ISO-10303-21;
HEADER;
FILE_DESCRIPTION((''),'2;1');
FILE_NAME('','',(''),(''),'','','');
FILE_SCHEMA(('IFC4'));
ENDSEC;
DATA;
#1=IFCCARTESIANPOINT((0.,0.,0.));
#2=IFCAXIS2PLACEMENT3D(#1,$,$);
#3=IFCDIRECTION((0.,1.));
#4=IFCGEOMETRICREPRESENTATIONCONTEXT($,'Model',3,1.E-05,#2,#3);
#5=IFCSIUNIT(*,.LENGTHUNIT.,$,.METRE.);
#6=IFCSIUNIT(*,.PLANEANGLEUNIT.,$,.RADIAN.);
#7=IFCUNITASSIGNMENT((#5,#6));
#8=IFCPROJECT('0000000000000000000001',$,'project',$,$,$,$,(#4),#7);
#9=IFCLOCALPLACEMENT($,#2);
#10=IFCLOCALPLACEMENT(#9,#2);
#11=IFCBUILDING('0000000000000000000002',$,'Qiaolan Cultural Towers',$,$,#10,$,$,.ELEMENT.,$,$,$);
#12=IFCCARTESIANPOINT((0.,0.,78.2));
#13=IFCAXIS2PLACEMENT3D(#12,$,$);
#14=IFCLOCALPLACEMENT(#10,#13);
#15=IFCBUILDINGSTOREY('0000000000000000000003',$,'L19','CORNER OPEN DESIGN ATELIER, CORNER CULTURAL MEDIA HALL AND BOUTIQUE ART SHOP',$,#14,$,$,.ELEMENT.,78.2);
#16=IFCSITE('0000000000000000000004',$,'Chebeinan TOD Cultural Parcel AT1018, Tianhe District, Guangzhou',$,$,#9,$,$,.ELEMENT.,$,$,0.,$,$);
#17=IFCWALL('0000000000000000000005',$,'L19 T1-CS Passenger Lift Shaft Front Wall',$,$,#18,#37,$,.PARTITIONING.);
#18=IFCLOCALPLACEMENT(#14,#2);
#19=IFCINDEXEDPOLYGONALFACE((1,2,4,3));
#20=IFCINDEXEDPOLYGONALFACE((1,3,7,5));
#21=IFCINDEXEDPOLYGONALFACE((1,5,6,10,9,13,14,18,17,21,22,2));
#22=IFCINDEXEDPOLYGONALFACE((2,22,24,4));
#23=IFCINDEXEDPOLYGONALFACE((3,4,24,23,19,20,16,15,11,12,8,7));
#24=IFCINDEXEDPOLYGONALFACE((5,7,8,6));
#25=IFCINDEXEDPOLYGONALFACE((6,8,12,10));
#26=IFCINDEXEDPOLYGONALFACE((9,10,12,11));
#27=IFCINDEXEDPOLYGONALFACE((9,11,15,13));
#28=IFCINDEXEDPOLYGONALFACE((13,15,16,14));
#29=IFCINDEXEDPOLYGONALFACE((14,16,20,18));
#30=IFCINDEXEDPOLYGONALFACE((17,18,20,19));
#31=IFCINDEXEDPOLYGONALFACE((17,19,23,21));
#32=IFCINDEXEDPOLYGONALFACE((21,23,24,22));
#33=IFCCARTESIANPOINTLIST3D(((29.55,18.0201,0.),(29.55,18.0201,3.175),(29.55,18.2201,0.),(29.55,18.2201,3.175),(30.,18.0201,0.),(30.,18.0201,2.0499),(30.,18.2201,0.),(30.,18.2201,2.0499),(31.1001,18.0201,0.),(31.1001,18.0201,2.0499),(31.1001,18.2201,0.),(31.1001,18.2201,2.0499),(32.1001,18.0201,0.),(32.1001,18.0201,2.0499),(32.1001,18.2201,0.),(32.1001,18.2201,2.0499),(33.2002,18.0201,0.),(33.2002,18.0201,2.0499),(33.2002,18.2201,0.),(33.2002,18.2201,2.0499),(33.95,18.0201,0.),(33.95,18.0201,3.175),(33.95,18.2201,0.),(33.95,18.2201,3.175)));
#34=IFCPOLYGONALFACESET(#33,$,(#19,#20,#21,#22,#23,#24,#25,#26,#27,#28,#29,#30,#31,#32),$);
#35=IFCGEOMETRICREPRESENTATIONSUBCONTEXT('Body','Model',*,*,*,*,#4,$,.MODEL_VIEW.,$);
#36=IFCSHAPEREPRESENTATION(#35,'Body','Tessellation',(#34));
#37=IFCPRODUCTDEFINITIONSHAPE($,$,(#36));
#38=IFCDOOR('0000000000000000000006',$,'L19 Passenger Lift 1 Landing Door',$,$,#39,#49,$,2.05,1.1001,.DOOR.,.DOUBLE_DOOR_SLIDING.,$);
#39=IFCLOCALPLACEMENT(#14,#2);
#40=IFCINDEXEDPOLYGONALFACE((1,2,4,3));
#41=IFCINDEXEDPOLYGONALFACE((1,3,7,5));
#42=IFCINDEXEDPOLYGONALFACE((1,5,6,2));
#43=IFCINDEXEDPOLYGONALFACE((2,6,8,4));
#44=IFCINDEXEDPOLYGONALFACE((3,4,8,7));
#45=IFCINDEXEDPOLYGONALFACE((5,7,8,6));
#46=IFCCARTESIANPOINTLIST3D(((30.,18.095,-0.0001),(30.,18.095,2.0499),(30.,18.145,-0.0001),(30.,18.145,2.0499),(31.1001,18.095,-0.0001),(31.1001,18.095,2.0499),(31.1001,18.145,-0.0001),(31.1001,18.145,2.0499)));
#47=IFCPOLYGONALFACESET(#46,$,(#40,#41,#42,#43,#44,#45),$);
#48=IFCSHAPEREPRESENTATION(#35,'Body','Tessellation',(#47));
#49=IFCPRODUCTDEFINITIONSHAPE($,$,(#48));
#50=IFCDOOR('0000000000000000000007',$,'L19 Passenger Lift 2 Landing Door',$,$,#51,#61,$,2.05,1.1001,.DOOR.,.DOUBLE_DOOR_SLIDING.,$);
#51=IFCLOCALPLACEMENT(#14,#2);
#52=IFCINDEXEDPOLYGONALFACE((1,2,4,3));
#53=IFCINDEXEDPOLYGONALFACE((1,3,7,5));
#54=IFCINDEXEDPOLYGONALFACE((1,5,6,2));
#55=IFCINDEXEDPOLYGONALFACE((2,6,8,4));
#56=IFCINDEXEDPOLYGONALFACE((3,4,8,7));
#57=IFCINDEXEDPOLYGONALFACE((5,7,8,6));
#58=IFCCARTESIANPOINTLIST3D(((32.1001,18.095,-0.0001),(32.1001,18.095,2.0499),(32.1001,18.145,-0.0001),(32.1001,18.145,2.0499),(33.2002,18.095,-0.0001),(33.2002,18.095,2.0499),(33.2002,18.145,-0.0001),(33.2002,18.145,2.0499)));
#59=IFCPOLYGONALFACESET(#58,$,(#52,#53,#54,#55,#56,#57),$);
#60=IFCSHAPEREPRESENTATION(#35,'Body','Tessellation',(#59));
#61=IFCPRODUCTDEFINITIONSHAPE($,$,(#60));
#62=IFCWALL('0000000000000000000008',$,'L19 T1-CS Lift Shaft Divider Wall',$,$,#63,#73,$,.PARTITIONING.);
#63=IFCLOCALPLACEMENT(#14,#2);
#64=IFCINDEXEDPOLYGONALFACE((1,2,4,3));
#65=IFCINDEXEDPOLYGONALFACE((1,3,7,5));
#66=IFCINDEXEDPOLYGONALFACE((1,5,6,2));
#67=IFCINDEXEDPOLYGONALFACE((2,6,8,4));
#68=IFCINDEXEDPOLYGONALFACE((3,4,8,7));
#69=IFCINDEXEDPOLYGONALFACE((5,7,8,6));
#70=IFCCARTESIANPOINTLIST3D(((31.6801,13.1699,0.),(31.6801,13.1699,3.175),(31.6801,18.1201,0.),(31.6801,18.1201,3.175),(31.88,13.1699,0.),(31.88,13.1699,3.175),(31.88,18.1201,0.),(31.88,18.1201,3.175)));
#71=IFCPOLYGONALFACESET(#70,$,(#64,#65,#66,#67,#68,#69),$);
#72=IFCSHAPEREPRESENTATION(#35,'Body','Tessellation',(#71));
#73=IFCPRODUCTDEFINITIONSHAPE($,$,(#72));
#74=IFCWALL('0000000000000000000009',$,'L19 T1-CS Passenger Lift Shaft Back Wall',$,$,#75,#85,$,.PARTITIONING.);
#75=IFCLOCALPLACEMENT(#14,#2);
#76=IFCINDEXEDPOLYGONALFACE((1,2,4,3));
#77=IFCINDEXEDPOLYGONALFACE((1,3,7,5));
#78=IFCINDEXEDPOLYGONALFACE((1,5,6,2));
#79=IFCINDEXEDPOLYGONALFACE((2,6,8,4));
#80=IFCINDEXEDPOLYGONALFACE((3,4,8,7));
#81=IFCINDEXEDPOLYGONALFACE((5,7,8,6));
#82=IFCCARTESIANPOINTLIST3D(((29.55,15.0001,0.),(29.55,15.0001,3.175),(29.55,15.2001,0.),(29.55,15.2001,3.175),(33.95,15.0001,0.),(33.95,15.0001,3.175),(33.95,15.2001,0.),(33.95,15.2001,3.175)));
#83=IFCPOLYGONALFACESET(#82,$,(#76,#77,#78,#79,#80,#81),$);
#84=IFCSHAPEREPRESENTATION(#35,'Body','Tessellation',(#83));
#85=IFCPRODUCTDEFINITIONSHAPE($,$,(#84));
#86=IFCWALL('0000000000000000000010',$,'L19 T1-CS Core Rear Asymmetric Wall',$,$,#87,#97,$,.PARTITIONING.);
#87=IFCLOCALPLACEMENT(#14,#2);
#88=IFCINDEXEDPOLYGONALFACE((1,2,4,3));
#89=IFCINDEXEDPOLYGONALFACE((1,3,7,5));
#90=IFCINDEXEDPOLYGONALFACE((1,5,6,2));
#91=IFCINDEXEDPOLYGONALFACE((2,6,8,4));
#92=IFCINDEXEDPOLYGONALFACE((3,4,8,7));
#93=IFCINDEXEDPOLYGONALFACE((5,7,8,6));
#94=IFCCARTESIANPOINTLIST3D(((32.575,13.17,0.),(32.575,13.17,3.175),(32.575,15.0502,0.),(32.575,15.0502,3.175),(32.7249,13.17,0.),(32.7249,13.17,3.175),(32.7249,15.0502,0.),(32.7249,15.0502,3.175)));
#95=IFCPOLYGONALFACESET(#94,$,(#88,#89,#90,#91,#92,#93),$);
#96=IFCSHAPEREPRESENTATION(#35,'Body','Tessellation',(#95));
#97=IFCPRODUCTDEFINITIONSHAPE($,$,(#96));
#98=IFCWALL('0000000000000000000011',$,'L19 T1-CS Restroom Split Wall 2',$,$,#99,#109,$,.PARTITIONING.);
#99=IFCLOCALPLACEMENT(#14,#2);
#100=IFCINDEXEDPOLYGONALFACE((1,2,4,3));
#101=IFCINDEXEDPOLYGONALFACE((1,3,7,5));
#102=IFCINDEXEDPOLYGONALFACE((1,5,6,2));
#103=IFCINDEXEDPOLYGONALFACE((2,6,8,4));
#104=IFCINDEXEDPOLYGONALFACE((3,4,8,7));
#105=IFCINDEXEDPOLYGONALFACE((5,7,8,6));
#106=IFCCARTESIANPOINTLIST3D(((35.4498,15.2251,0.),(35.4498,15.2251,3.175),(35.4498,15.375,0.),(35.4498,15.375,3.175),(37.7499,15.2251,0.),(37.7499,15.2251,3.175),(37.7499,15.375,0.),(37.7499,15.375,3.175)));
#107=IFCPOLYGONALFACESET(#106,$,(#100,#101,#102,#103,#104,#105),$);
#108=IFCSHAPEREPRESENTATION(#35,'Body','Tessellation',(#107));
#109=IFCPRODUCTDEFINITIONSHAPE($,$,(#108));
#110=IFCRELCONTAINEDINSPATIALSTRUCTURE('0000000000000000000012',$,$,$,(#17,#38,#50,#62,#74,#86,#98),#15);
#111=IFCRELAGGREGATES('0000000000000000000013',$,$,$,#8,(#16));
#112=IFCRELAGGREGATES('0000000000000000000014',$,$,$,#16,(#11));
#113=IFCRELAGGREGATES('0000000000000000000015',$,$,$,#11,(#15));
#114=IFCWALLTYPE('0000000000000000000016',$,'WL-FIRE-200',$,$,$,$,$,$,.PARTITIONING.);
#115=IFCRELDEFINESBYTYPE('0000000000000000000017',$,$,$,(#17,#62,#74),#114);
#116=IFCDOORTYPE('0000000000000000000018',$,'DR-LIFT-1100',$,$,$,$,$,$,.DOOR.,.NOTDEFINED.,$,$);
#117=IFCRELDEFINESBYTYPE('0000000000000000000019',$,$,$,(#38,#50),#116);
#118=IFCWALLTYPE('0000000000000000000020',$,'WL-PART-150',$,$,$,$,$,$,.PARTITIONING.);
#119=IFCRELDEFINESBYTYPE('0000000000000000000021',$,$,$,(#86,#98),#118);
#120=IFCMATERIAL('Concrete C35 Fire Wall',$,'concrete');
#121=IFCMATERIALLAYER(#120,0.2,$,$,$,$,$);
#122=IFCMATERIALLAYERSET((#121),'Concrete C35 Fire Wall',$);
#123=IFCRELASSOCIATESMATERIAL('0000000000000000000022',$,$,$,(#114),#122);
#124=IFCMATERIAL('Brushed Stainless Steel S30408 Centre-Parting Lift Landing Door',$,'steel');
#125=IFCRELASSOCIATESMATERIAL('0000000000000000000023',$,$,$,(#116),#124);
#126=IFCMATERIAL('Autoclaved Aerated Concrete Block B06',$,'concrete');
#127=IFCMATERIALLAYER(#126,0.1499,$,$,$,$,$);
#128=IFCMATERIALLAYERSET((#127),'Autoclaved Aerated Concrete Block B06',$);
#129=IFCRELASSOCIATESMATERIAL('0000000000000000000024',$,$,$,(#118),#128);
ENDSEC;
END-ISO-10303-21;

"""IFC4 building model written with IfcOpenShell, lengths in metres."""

from ifc_helpers import new_model, si_unit, direction, frame, frame_2d, origin, place, context, subcontext, project, spatial, rectangle, extrude, material, layer, layer_set, type_object, element, fill, save


model = new_model("IFC4")

# Units and contexts
model_context = context("Model", 3, precision=1e-05, world=origin(), true_north=direction((0.0, 1.0)))
body_context = subcontext(model_context, "Body", "Model", "MODEL_VIEW")
ifc_project = project(units=[si_unit("LENGTHUNIT", "METRE"), si_unit("PLANEANGLEUNIT", "RADIAN")], contexts=[model_context])

# Site, building, storey
site_placement = place(None, origin())
site = spatial("IfcSite", under=ifc_project, at=site_placement, Name="Chebeinan TOD Cultural Parcel AT1018, Tianhe District, Guangzhou", CompositionType="ELEMENT", RefElevation=0.0)
building_placement = place(site_placement, origin())
building = spatial("IfcBuilding", under=site, at=building_placement, Name="Qiaolan Cultural Towers", CompositionType="ELEMENT")
storey_placement = place(building_placement, frame((0.0, 0.0, 78.2)))
storey = spatial("IfcBuildingStorey", under=building, at=storey_placement, Name="L19", Description="CORNER OPEN DESIGN ATELIER, CORNER CULTURAL MEDIA HALL AND BOUTIQUE ART SHOP", CompositionType="ELEMENT", Elevation=78.2)

# Shared definitions
ifc_material_1 = material(Name="Concrete C35 Fire Wall", Category="concrete")
ifc_layer_1 = layer(ifc_material_1, 0.2)
ifc_layer_set_1 = layer_set([ifc_layer_1], Name="Concrete C35 Fire Wall")
wall_type_1 = type_object("IfcWallType", Name="WL-FIRE-200", PredefinedType="PARTITIONING", material=ifc_layer_set_1)

# Shared definitions
ifc_material_2 = material(Name="Brushed Stainless Steel S30408 Centre-Parting Lift Landing Door", Category="steel")
door_type = type_object("IfcDoorType", Name="DR-LIFT-1100", OperationType="NOTDEFINED", PredefinedType="DOOR", material=ifc_material_2)

# Wall, openings, doors
wall_1_placement = place(storey_placement, frame((29.55, 18.1201, 0.0), z_axis=(0.0, 0.0, 1.0), x_axis=(1.0, 0.0, 0.0)))
wall_1 = element("IfcWall", 1, at=wall_1_placement, inside=storey, type_object=wall_type_1, Name="L19 T1-CS Passenger Lift Shaft Front Wall", PredefinedType="PARTITIONING", context=body_context, shape_type="SweptSolid", body=[
    extrude(rectangle(XDim=4.3999, YDim=0.2, at=frame_2d((2.2, 0.0))), origin(), (0.0, 0.0, 1.0), 3.175),
])
opening_1_placement = place(wall_1_placement, frame((0.45, 0.0, 0.0)))
opening_1 = element("IfcOpeningElement", 2, at=opening_1_placement, cuts=wall_1, PredefinedType="OPENING", context=body_context, shape_type="SweptSolid", body=[
    extrude(rectangle(XDim=1.1001, YDim=2.05, at=frame_2d((0.55, 1.0249))), frame((0.0, 0.1099, 0.0), z_axis=(0.0, -1.0, 0.0), x_axis=(1.0, 0.0, 0.0)), (0.0, 0.0, 1.0), 0.22),
])
opening_2_placement = place(wall_1_placement, frame((2.55, 0.0, 0.0)))
opening_2 = element("IfcOpeningElement", 3, at=opening_2_placement, cuts=wall_1, PredefinedType="OPENING", context=body_context, shape_type="SweptSolid", body=[
    extrude(rectangle(XDim=1.1001, YDim=2.05, at=frame_2d((0.55, 1.0249))), frame((0.0, 0.1099, 0.0), z_axis=(0.0, -1.0, 0.0), x_axis=(1.0, 0.0, 0.0)), (0.0, 0.0, 1.0), 0.22),
])
door_1_placement = place(opening_1_placement, origin())
door_1 = element("IfcDoor", 4, at=door_1_placement, inside=storey, type_object=door_type, Name="L19 Passenger Lift 1 Landing Door", OperationType="DOUBLE_DOOR_SLIDING", OverallHeight=2.05, OverallWidth=1.1001, PredefinedType="DOOR", context=body_context, shape_type="SweptSolid", body=[
    extrude(rectangle(XDim=1.1001, YDim=2.05, at=frame_2d((0.55, 1.0249))), frame((0.0, 0.0249, 0.0), z_axis=(0.0, -1.0, 0.0), x_axis=(1.0, 0.0, 0.0)), (0.0, 0.0, 1.0), 0.05),
])
fill(opening_1, door_1)
door_2_placement = place(opening_2_placement, origin())
door_2 = element("IfcDoor", 5, at=door_2_placement, inside=storey, type_object=door_type, Name="L19 Passenger Lift 2 Landing Door", OperationType="DOUBLE_DOOR_SLIDING", OverallHeight=2.05, OverallWidth=1.1001, PredefinedType="DOOR", context=body_context, shape_type="SweptSolid", body=[
    extrude(rectangle(XDim=1.1001, YDim=2.05, at=frame_2d((0.55, 1.0249))), frame((0.0, 0.0249, 0.0), z_axis=(0.0, -1.0, 0.0), x_axis=(1.0, 0.0, 0.0)), (0.0, 0.0, 1.0), 0.05),
])
fill(opening_2, door_2)

# Walls
wall_2_placement = place(storey_placement, frame((31.78, 18.1201, 0.0), z_axis=(0.0, 0.0, 1.0), x_axis=(0.0, -1.0, 0.0)))
element("IfcWall", 6, at=wall_2_placement, inside=storey, type_object=wall_type_1, Name="L19 T1-CS Lift Shaft Divider Wall", PredefinedType="PARTITIONING", context=body_context, shape_type="SweptSolid", body=[
    extrude(rectangle(XDim=4.9502, YDim=0.2, at=frame_2d((2.4751, 0.0))), origin(), (0.0, 0.0, 1.0), 3.175),
])
wall_3_placement = place(storey_placement, frame((29.55, 15.1001, 0.0), z_axis=(0.0, 0.0, 1.0), x_axis=(1.0, 0.0, 0.0)))
element("IfcWall", 7, at=wall_3_placement, inside=storey, type_object=wall_type_1, Name="L19 T1-CS Passenger Lift Shaft Back Wall", PredefinedType="PARTITIONING", context=body_context, shape_type="SweptSolid", body=[
    extrude(rectangle(XDim=4.3999, YDim=0.2, at=frame_2d((2.2, 0.0))), origin(), (0.0, 0.0, 1.0), 3.175),
])
ifc_material_3 = material(Name="Autoclaved Aerated Concrete Block B06", Category="concrete")
ifc_layer_2 = layer(ifc_material_3, 0.1499)
ifc_layer_set_2 = layer_set([ifc_layer_2], Name="Autoclaved Aerated Concrete Block B06")
wall_type_2 = type_object("IfcWallType", Name="WL-PART-150", PredefinedType="PARTITIONING", material=ifc_layer_set_2)
wall_4_placement = place(storey_placement, frame((32.6499, 15.05, 0.0), z_axis=(0.0, 0.0, 1.0), x_axis=(0.0, -1.0, 0.0)))
element("IfcWall", 8, at=wall_4_placement, inside=storey, type_object=wall_type_2, Name="L19 T1-CS Core Rear Asymmetric Wall", PredefinedType="PARTITIONING", context=body_context, shape_type="SweptSolid", body=[
    extrude(rectangle(XDim=1.8801, YDim=0.1499, at=frame_2d((0.9399, 0.0))), origin(), (0.0, 0.0, 1.0), 3.175),
])
wall_5_placement = place(storey_placement, frame((35.45, 15.3, 0.0), z_axis=(0.0, 0.0, 1.0), x_axis=(1.0, 0.0, 0.0)))
element("IfcWall", 9, at=wall_5_placement, inside=storey, type_object=wall_type_2, Name="L19 T1-CS Restroom Split Wall 2", PredefinedType="PARTITIONING", context=body_context, shape_type="SweptSolid", body=[
    extrude(rectangle(XDim=2.3, YDim=0.1499, at=frame_2d((1.1499, 0.0))), origin(), (0.0, 0.0, 1.0), 3.175),
])

save(model, "model.ifc")
